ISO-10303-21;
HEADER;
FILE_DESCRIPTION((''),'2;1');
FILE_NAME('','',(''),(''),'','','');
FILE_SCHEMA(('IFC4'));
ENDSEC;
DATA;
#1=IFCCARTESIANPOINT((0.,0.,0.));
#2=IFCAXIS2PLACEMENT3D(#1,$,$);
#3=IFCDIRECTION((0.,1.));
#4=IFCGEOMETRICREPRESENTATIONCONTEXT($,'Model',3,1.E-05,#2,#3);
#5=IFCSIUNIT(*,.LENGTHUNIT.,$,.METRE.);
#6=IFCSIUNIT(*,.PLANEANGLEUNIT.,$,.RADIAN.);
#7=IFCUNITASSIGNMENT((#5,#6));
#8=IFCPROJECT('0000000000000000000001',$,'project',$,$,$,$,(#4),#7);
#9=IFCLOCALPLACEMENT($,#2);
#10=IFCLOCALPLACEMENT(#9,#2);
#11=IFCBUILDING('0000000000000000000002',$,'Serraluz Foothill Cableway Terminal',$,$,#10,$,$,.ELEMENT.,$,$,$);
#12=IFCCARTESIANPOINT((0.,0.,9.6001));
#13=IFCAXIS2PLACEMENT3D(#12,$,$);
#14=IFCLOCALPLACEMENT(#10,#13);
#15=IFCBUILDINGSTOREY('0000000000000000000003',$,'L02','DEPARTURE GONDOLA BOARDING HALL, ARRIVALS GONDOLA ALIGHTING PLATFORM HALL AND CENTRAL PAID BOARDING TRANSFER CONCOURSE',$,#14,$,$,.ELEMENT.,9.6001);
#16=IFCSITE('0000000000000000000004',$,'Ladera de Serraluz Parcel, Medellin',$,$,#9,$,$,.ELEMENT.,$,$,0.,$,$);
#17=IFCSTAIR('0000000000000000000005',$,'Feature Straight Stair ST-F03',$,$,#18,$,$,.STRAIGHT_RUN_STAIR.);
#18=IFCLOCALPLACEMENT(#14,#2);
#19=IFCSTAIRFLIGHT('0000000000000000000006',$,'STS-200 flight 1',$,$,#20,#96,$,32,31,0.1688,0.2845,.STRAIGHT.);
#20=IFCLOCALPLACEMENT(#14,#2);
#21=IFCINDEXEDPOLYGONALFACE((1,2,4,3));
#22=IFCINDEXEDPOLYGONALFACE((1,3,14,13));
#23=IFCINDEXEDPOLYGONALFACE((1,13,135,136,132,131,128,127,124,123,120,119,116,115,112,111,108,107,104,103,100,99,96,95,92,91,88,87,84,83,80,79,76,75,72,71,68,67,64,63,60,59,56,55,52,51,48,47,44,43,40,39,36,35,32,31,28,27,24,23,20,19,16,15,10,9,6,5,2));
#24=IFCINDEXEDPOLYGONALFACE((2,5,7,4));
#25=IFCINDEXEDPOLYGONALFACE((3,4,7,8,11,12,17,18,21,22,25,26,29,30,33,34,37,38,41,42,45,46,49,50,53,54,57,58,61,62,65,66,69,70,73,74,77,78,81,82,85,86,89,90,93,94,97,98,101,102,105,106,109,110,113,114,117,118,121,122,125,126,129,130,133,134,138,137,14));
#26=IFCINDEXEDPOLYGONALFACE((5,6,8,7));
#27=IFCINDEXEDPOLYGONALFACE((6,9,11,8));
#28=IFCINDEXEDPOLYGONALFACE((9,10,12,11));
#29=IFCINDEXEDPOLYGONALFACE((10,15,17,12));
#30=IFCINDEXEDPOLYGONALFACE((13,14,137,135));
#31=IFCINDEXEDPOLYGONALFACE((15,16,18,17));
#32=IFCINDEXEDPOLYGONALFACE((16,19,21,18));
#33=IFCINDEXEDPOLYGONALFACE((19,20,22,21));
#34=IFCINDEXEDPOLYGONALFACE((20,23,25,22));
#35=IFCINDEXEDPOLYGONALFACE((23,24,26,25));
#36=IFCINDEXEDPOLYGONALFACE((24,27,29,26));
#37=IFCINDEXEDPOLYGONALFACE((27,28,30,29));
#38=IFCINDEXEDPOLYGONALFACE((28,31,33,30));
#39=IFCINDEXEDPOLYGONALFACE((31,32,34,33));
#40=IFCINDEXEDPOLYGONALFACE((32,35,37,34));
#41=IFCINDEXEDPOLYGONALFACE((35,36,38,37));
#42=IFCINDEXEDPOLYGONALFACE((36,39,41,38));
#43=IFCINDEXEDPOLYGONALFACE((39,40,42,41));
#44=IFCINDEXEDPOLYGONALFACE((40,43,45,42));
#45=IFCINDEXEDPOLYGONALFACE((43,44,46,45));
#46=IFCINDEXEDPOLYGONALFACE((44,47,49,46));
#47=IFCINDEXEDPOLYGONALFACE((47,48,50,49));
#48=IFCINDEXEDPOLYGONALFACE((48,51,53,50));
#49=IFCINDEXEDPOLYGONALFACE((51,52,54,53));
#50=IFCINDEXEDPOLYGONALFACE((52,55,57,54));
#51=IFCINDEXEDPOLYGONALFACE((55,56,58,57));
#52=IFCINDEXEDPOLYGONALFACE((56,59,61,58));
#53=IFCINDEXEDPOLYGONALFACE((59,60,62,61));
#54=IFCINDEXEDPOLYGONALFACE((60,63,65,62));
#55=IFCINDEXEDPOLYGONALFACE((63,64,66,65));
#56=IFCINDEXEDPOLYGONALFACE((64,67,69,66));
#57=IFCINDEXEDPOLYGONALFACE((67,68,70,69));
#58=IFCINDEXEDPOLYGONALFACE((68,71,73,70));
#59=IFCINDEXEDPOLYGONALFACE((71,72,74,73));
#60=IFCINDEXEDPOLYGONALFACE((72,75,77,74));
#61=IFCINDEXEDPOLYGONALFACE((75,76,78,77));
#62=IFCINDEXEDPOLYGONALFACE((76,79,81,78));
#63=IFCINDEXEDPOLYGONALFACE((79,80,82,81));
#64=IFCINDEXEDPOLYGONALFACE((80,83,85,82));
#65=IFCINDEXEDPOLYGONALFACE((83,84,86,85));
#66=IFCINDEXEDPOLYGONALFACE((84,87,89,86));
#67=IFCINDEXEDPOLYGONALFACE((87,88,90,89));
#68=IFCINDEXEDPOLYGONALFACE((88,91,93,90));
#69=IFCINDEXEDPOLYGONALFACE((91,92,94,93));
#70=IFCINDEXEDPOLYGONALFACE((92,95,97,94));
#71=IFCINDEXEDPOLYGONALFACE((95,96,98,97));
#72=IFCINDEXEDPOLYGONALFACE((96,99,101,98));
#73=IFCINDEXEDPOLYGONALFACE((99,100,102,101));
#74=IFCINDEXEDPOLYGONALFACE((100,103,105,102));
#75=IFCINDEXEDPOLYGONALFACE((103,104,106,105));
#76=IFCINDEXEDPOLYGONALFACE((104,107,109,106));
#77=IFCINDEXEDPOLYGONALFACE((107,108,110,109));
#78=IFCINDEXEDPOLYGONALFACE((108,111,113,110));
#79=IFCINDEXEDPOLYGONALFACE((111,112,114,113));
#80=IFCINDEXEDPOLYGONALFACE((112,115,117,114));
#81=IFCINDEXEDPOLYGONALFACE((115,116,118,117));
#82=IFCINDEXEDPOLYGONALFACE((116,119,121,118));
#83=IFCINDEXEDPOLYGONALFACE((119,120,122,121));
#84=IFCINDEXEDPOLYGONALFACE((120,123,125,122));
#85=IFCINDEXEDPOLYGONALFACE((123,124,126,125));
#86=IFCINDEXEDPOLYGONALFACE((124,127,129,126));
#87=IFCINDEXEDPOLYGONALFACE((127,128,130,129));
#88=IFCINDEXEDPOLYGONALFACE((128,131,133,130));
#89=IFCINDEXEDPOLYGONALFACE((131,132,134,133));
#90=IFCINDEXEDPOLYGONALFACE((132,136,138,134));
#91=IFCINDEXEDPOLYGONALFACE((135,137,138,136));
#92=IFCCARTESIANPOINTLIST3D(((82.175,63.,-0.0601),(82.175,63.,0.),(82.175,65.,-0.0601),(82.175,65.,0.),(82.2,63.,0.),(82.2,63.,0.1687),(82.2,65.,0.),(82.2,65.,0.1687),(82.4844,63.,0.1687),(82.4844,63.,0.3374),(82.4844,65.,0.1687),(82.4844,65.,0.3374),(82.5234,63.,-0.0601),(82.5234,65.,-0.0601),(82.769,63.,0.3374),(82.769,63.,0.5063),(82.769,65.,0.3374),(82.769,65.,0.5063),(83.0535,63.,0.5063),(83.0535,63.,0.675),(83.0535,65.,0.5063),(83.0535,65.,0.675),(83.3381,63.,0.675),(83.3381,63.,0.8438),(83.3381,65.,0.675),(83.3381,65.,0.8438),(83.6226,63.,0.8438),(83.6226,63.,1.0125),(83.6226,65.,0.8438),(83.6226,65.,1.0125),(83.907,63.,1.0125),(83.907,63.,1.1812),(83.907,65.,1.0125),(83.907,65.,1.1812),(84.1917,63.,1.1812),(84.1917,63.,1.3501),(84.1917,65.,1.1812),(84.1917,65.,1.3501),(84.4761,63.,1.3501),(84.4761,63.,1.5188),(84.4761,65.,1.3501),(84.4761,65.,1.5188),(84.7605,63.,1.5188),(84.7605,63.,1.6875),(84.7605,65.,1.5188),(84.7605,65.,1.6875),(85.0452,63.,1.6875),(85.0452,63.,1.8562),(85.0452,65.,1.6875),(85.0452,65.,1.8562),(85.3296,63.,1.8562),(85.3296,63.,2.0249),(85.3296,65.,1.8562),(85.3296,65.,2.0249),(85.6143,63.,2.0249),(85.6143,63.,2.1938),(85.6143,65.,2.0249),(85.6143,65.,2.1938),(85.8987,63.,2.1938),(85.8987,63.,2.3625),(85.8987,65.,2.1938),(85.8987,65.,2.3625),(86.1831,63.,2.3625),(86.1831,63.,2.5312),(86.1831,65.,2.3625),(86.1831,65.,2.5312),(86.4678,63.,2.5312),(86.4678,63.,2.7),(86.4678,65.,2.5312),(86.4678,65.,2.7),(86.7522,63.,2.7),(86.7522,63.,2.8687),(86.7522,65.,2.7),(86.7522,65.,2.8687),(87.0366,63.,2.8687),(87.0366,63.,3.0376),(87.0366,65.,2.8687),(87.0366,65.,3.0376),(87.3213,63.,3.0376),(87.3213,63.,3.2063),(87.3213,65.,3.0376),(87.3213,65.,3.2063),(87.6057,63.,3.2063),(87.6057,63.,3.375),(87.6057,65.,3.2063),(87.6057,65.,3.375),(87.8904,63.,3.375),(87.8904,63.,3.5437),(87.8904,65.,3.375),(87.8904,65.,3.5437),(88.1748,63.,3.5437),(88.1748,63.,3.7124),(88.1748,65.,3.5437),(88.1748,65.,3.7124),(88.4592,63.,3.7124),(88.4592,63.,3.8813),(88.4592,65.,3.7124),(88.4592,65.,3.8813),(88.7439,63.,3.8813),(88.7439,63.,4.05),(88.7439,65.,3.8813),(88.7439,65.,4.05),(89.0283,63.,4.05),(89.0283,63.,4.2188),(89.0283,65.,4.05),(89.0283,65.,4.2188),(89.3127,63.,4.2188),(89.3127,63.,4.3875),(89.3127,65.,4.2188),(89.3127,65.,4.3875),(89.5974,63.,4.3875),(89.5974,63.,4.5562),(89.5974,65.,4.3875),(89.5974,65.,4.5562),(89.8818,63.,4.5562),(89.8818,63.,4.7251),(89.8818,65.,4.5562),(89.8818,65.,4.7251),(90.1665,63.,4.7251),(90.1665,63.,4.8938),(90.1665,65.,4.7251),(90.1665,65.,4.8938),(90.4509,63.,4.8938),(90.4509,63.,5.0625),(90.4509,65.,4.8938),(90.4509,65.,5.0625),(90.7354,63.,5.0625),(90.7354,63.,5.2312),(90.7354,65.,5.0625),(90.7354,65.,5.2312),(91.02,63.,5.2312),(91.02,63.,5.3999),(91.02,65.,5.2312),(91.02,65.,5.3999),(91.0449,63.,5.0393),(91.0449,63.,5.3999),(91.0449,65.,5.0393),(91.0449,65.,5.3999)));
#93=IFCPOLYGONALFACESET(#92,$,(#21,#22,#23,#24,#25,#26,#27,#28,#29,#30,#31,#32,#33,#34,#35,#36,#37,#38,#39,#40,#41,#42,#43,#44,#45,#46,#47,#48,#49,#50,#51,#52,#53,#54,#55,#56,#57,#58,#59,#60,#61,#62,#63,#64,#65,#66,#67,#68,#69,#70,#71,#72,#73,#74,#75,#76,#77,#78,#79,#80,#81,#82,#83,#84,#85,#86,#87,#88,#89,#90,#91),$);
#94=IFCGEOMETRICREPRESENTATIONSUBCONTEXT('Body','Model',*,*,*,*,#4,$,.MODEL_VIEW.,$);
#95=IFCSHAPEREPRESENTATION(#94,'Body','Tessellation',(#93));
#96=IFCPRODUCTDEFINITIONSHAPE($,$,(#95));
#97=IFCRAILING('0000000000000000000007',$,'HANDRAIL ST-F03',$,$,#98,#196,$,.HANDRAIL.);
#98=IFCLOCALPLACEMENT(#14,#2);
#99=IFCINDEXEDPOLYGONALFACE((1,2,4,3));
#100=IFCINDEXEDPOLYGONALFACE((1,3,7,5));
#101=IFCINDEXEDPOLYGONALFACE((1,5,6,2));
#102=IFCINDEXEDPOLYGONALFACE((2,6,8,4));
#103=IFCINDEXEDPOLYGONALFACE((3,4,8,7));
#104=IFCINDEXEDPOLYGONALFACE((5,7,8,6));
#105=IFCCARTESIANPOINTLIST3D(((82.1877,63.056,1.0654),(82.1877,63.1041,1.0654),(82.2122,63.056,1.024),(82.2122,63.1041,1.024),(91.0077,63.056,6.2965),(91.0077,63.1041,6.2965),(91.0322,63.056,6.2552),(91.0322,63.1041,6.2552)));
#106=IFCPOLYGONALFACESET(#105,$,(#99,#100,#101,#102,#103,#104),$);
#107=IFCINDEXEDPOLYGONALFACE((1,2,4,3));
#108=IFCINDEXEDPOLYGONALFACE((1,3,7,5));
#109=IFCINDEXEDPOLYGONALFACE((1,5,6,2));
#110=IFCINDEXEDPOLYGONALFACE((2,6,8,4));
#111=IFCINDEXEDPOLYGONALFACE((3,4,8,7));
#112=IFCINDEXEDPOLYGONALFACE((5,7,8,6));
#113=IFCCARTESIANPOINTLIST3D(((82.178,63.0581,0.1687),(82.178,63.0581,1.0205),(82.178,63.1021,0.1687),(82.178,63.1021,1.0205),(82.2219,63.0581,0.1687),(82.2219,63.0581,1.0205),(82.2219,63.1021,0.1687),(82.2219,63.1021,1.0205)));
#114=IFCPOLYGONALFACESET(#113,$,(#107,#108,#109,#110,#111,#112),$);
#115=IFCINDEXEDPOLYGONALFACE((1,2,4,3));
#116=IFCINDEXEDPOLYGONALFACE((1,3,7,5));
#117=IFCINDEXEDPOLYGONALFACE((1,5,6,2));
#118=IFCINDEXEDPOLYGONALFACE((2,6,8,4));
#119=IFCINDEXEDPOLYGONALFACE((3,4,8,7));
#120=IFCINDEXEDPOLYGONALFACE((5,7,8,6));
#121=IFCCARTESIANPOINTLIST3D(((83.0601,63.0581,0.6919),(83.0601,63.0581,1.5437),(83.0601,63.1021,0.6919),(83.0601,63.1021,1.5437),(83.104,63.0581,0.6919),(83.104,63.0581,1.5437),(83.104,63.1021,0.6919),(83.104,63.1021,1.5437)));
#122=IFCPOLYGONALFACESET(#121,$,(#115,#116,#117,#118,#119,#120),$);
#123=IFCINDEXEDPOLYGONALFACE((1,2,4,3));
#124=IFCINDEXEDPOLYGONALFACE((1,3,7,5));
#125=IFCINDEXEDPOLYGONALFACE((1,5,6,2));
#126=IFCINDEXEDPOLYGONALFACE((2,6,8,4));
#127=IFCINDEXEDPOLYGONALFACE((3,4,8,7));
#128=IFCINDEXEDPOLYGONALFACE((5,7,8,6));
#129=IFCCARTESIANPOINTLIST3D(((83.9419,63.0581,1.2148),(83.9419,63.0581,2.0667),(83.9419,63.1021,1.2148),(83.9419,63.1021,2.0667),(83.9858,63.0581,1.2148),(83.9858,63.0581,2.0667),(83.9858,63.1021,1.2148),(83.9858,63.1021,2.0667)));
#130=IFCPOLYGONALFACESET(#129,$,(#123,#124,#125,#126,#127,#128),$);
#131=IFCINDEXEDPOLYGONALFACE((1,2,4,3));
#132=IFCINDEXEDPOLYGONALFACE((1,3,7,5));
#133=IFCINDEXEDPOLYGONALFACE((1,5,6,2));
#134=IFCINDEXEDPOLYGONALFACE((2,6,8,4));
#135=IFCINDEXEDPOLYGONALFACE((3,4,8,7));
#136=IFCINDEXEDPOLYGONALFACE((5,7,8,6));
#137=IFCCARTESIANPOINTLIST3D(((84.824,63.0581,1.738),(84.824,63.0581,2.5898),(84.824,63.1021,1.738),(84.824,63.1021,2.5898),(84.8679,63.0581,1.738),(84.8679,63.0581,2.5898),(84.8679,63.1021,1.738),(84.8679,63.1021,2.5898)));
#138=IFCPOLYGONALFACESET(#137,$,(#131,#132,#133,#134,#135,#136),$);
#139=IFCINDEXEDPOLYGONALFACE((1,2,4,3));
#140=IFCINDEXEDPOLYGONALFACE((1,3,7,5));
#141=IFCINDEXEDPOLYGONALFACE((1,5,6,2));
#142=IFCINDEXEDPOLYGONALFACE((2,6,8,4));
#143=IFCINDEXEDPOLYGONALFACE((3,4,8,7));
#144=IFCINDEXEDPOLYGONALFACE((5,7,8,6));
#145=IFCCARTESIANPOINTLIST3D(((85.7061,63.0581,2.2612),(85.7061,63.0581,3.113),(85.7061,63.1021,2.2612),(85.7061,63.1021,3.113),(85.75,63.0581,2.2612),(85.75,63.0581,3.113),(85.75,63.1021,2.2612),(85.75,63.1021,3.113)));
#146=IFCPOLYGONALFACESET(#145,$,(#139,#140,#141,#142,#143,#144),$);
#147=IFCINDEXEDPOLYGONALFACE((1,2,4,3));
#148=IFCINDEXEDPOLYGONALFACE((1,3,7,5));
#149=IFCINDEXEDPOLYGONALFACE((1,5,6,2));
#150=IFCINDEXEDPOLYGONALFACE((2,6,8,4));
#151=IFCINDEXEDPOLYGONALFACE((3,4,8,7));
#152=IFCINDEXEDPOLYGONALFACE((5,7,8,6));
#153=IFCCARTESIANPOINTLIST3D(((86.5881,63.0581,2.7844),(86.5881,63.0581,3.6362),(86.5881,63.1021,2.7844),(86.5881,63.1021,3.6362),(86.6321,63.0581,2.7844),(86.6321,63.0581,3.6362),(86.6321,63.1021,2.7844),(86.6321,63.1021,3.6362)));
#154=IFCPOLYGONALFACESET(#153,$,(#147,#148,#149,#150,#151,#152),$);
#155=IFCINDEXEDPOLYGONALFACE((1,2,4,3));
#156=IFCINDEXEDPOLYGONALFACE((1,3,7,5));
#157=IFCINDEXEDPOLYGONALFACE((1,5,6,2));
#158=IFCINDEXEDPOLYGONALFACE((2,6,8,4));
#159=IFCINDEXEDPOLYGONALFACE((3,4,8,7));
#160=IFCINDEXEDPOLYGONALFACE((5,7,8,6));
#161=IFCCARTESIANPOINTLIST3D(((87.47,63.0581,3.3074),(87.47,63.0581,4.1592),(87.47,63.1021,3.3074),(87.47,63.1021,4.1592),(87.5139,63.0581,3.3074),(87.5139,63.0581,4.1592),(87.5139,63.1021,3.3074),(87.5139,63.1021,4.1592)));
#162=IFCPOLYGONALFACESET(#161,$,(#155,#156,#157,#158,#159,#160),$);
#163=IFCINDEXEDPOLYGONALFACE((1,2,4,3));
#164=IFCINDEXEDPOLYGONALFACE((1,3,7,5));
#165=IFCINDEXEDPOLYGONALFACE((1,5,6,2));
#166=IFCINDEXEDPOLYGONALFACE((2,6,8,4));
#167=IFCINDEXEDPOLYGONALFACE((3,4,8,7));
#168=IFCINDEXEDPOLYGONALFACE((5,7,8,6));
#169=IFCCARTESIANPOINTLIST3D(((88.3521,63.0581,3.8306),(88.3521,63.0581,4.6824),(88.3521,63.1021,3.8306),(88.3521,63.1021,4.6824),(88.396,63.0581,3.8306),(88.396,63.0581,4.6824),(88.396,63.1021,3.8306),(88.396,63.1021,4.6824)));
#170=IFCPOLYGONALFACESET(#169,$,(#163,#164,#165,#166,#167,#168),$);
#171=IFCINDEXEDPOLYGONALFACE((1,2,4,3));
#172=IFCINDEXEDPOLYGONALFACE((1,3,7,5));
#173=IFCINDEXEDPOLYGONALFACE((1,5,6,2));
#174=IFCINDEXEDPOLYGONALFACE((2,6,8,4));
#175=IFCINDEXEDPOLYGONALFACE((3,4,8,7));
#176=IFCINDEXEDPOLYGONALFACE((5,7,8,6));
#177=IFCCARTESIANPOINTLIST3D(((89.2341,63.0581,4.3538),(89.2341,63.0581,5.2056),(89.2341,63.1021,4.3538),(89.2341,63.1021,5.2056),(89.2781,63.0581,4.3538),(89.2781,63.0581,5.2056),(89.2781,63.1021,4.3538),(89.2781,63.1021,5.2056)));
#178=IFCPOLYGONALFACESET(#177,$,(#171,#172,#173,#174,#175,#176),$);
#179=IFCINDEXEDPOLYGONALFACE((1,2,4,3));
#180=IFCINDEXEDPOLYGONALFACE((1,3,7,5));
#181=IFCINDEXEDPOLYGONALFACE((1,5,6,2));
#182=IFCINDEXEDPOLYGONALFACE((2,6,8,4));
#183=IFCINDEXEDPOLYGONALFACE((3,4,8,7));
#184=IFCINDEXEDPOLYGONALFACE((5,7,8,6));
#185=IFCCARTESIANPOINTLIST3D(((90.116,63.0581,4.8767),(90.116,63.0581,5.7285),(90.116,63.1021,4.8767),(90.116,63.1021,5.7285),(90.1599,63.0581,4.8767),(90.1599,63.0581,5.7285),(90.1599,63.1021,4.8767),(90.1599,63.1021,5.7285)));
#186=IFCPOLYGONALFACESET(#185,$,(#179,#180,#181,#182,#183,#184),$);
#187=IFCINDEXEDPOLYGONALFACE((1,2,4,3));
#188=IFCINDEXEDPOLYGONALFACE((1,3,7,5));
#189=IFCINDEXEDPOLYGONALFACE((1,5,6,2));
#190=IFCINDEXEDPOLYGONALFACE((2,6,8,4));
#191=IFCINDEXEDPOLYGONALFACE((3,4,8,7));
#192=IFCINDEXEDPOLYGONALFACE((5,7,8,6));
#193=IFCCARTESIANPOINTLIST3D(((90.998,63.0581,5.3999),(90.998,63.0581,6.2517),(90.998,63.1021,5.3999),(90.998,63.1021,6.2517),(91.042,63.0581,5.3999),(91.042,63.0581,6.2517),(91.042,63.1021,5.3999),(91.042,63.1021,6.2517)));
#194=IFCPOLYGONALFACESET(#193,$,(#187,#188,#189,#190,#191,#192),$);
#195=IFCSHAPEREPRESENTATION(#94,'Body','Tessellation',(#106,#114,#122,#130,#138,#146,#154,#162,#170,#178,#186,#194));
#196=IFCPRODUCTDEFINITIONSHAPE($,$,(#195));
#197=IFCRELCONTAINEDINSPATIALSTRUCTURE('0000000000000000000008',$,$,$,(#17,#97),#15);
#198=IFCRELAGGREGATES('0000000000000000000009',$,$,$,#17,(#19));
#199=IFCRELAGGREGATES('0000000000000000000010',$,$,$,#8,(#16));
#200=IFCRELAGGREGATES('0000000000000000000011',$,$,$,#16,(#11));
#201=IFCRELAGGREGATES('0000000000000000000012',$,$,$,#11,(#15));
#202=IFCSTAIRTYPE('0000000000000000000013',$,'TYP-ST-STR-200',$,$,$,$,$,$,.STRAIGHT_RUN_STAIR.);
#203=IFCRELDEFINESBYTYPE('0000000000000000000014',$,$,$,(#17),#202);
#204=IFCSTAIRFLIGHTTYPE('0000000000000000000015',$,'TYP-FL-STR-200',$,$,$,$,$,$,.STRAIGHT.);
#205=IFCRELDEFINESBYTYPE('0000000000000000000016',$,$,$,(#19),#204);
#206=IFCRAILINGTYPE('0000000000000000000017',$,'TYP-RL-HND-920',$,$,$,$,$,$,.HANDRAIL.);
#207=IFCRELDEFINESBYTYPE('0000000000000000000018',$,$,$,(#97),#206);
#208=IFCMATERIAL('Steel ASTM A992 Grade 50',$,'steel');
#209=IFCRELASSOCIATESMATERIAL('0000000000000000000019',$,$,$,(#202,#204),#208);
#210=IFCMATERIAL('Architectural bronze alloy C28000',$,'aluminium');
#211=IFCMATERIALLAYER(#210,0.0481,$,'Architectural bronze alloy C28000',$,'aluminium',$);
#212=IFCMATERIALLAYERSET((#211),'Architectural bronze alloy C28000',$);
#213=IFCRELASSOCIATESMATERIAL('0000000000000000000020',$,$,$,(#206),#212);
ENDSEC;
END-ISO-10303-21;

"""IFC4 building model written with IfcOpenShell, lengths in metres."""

from ifc_helpers import new_model, si_unit, direction, frame, origin, origin_2d, place, context, subcontext, project, spatial, polyline, rectangle, outline, extrude, material, layer, layer_set, type_object, element, aggregate, save


model = new_model("IFC4")

# Units and contexts
model_context = context("Model", 3, precision=1e-05, world=origin(), true_north=direction((0.0, 1.0)))
body_context = subcontext(model_context, "Body", "Model", "MODEL_VIEW")
ifc_project = project(units=[si_unit("LENGTHUNIT", "METRE"), si_unit("PLANEANGLEUNIT", "RADIAN")], contexts=[model_context])

# Site, building, storey
site_placement = place(None, origin())
site = spatial("IfcSite", under=ifc_project, at=site_placement, Name="Ladera de Serraluz Parcel, Medellin", CompositionType="ELEMENT", RefElevation=0.0)
building_placement = place(site_placement, origin())
building = spatial("IfcBuilding", under=site, at=building_placement, Name="Serraluz Foothill Cableway Terminal", CompositionType="ELEMENT")
storey_placement = place(building_placement, frame((0.0, 0.0, 9.6001)))
storey = spatial("IfcBuildingStorey", under=building, at=storey_placement, Name="L02", Description="DEPARTURE GONDOLA BOARDING HALL, ARRIVALS GONDOLA ALIGHTING PLATFORM HALL AND CENTRAL PAID BOARDING TRANSFER CONCOURSE", CompositionType="ELEMENT", Elevation=9.6001)

# Shared definitions
ifc_material_1 = material(Name="Steel ASTM A992 Grade 50", Category="steel")

# Shared definitions
ifc_material_2 = material(Name="Architectural bronze alloy C28000", Category="aluminium")

# Stair, stair flight
stair_type = type_object("IfcStairType", Name="TYP-ST-STR-200", PredefinedType="STRAIGHT_RUN_STAIR", material=ifc_material_1)
stair_placement = place(storey_placement, origin())
stair = element("IfcStair", 1, at=stair_placement, inside=storey, type_object=stair_type, Name="Feature Straight Stair ST-F03", PredefinedType="STRAIGHT_RUN_STAIR")
stair_flight_type = type_object("IfcStairFlightType", Name="TYP-FL-STR-200", PredefinedType="STRAIGHT", material=ifc_material_1)
stair_flight_placement = place(storey_placement, frame((82.2, 64.0, 0.0), z_axis=(0.0, 0.0, 1.0), x_axis=(1.0, 0.0, 0.0)))
stair_flight = element("IfcStairFlight", 2, at=stair_flight_placement, type_object=stair_flight_type, Name="STS-200 flight 1", NumberOfRisers=32, NumberOfTreads=31, PredefinedType="STRAIGHT", RiserHeight=0.1688, TreadLength=0.2845, context=body_context, shape_type="SweptSolid", body=[
    extrude(outline(polyline([(-0.0249, -0.0601), (-0.0249, 0.0), (0.0, 0.0), (0.0, 0.1687), (0.2844, 0.1687), (0.2844, 0.3374), (0.5691, 0.3374), (0.5691, 0.5063), (0.8535, 0.5063), (0.8535, 0.675), (1.1382, 0.675), (1.1382, 0.8438), (1.4226, 0.8438), (1.4226, 1.0125), (1.707, 1.0125), (1.707, 1.1812), (1.9917, 1.1812), (1.9917, 1.3501), (2.2761, 1.3501), (2.2761, 1.5188), (2.5605, 1.5188), (2.5605, 1.6875), (2.8452, 1.6875), (2.8452, 1.8562), (3.1296, 1.8562), (3.1296, 2.0249), (3.4143, 2.0249), (3.4143, 2.1938), (3.6987, 2.1938), (3.6987, 2.3625), (3.9832, 2.3625), (3.9832, 2.5312), (4.2678, 2.5312), (4.2678, 2.7), (4.5522, 2.7), (4.5522, 2.8687), (4.8367, 2.8687), (4.8367, 3.0376), (5.1213, 3.0376), (5.1213, 3.2063), (5.4058, 3.2063), (5.4058, 3.375), (5.6904, 3.375), (5.6904, 3.5437), (5.9749, 3.5437), (5.9749, 3.7124), (6.2593, 3.7124), (6.2593, 3.8813), (6.5439, 3.8813), (6.5439, 4.05), (6.8284, 4.05), (6.8284, 4.2188), (7.1128, 4.2188), (7.1128, 4.3875), (7.3975, 4.3875), (7.3975, 4.5562), (7.6819, 4.5562), (7.6819, 4.7251), (7.9666, 4.7251), (7.9666, 4.8938), (8.251, 4.8938), (8.251, 5.0625), (8.5354, 5.0625), (8.5354, 5.2312), (8.8201, 5.2312), (8.8201, 5.3999), (8.845, 5.3999), (8.845, 5.0393), (0.3235, -0.0601), (-0.0249, -0.0601)])), frame((0.0, 1.0, 0.0), z_axis=(0.0, -1.0, 0.0), x_axis=(1.0, 0.0, 0.0)), (0.0, 0.0, 1.0), 2.0),
])
aggregate(stair, [stair_flight])

# Railing
ifc_layer_1 = layer(ifc_material_2, 0.0481, Name="Architectural bronze alloy C28000", Category="aluminium")
ifc_layer_set_1 = layer_set([ifc_layer_1], Name="Architectural bronze alloy C28000")
railing_type_1 = type_object("IfcRailingType", Name="TYP-RL-HND-920", PredefinedType="HANDRAIL", material=ifc_layer_set_1)
railing_1_placement = place(storey_placement, frame((82.2, 63.0801, 0.1687)))
element("IfcRailing", 3, at=railing_1_placement, inside=storey, type_object=railing_type_1, Name="HANDRAIL ST-F03", PredefinedType="HANDRAIL", context=body_context, shape_type="SweptSolid", body=[
    extrude(rectangle(XDim=0.0481, YDim=0.0481, at=origin_2d()), frame((0.0, 0.0, 0.876), z_axis=(0.860099, 0.0, 0.510127), x_axis=(0.0, 1.0, 0.0)), (0.0, 0.0, 1.0), 10.2546),
    extrude(rectangle(XDim=0.0439, YDim=0.0439, at=origin_2d()), origin(), (0.0, 0.0, 1.0), 0.8518),
    extrude(rectangle(XDim=0.0439, YDim=0.0439, at=origin_2d()), frame((0.8821, 0.0, 0.5232)), (0.0, 0.0, 1.0), 0.8518),
    extrude(rectangle(XDim=0.0439, YDim=0.0439, at=origin_2d()), frame((1.7639, 0.0, 1.0461)), (0.0, 0.0, 1.0), 0.8518),
    extrude(rectangle(XDim=0.0439, YDim=0.0439, at=origin_2d()), frame((2.646, 0.0, 1.5693)), (0.0, 0.0, 1.0), 0.8518),
    extrude(rectangle(XDim=0.0439, YDim=0.0439, at=origin_2d()), frame((3.5281, 0.0, 2.0925)), (0.0, 0.0, 1.0), 0.8518),
    extrude(rectangle(XDim=0.0439, YDim=0.0439, at=origin_2d()), frame((4.4102, 0.0, 2.6157)), (0.0, 0.0, 1.0), 0.8518),
    extrude(rectangle(XDim=0.0439, YDim=0.0439, at=origin_2d()), frame((5.292, 0.0, 3.1387)), (0.0, 0.0, 1.0), 0.8518),
    extrude(rectangle(XDim=0.0439, YDim=0.0439, at=origin_2d()), frame((6.1741, 0.0, 3.6619)), (0.0, 0.0, 1.0), 0.8518),
    extrude(rectangle(XDim=0.0439, YDim=0.0439, at=origin_2d()), frame((7.0562, 0.0, 4.1851)), (0.0, 0.0, 1.0), 0.8518),
    extrude(rectangle(XDim=0.0439, YDim=0.0439, at=origin_2d()), frame((7.938, 0.0, 4.708)), (0.0, 0.0, 1.0), 0.8518),
    extrude(rectangle(XDim=0.0439, YDim=0.0439, at=origin_2d()), frame((8.8201, 0.0, 5.2312)), (0.0, 0.0, 1.0), 0.8518),
])

save(model, "model.ifc")
